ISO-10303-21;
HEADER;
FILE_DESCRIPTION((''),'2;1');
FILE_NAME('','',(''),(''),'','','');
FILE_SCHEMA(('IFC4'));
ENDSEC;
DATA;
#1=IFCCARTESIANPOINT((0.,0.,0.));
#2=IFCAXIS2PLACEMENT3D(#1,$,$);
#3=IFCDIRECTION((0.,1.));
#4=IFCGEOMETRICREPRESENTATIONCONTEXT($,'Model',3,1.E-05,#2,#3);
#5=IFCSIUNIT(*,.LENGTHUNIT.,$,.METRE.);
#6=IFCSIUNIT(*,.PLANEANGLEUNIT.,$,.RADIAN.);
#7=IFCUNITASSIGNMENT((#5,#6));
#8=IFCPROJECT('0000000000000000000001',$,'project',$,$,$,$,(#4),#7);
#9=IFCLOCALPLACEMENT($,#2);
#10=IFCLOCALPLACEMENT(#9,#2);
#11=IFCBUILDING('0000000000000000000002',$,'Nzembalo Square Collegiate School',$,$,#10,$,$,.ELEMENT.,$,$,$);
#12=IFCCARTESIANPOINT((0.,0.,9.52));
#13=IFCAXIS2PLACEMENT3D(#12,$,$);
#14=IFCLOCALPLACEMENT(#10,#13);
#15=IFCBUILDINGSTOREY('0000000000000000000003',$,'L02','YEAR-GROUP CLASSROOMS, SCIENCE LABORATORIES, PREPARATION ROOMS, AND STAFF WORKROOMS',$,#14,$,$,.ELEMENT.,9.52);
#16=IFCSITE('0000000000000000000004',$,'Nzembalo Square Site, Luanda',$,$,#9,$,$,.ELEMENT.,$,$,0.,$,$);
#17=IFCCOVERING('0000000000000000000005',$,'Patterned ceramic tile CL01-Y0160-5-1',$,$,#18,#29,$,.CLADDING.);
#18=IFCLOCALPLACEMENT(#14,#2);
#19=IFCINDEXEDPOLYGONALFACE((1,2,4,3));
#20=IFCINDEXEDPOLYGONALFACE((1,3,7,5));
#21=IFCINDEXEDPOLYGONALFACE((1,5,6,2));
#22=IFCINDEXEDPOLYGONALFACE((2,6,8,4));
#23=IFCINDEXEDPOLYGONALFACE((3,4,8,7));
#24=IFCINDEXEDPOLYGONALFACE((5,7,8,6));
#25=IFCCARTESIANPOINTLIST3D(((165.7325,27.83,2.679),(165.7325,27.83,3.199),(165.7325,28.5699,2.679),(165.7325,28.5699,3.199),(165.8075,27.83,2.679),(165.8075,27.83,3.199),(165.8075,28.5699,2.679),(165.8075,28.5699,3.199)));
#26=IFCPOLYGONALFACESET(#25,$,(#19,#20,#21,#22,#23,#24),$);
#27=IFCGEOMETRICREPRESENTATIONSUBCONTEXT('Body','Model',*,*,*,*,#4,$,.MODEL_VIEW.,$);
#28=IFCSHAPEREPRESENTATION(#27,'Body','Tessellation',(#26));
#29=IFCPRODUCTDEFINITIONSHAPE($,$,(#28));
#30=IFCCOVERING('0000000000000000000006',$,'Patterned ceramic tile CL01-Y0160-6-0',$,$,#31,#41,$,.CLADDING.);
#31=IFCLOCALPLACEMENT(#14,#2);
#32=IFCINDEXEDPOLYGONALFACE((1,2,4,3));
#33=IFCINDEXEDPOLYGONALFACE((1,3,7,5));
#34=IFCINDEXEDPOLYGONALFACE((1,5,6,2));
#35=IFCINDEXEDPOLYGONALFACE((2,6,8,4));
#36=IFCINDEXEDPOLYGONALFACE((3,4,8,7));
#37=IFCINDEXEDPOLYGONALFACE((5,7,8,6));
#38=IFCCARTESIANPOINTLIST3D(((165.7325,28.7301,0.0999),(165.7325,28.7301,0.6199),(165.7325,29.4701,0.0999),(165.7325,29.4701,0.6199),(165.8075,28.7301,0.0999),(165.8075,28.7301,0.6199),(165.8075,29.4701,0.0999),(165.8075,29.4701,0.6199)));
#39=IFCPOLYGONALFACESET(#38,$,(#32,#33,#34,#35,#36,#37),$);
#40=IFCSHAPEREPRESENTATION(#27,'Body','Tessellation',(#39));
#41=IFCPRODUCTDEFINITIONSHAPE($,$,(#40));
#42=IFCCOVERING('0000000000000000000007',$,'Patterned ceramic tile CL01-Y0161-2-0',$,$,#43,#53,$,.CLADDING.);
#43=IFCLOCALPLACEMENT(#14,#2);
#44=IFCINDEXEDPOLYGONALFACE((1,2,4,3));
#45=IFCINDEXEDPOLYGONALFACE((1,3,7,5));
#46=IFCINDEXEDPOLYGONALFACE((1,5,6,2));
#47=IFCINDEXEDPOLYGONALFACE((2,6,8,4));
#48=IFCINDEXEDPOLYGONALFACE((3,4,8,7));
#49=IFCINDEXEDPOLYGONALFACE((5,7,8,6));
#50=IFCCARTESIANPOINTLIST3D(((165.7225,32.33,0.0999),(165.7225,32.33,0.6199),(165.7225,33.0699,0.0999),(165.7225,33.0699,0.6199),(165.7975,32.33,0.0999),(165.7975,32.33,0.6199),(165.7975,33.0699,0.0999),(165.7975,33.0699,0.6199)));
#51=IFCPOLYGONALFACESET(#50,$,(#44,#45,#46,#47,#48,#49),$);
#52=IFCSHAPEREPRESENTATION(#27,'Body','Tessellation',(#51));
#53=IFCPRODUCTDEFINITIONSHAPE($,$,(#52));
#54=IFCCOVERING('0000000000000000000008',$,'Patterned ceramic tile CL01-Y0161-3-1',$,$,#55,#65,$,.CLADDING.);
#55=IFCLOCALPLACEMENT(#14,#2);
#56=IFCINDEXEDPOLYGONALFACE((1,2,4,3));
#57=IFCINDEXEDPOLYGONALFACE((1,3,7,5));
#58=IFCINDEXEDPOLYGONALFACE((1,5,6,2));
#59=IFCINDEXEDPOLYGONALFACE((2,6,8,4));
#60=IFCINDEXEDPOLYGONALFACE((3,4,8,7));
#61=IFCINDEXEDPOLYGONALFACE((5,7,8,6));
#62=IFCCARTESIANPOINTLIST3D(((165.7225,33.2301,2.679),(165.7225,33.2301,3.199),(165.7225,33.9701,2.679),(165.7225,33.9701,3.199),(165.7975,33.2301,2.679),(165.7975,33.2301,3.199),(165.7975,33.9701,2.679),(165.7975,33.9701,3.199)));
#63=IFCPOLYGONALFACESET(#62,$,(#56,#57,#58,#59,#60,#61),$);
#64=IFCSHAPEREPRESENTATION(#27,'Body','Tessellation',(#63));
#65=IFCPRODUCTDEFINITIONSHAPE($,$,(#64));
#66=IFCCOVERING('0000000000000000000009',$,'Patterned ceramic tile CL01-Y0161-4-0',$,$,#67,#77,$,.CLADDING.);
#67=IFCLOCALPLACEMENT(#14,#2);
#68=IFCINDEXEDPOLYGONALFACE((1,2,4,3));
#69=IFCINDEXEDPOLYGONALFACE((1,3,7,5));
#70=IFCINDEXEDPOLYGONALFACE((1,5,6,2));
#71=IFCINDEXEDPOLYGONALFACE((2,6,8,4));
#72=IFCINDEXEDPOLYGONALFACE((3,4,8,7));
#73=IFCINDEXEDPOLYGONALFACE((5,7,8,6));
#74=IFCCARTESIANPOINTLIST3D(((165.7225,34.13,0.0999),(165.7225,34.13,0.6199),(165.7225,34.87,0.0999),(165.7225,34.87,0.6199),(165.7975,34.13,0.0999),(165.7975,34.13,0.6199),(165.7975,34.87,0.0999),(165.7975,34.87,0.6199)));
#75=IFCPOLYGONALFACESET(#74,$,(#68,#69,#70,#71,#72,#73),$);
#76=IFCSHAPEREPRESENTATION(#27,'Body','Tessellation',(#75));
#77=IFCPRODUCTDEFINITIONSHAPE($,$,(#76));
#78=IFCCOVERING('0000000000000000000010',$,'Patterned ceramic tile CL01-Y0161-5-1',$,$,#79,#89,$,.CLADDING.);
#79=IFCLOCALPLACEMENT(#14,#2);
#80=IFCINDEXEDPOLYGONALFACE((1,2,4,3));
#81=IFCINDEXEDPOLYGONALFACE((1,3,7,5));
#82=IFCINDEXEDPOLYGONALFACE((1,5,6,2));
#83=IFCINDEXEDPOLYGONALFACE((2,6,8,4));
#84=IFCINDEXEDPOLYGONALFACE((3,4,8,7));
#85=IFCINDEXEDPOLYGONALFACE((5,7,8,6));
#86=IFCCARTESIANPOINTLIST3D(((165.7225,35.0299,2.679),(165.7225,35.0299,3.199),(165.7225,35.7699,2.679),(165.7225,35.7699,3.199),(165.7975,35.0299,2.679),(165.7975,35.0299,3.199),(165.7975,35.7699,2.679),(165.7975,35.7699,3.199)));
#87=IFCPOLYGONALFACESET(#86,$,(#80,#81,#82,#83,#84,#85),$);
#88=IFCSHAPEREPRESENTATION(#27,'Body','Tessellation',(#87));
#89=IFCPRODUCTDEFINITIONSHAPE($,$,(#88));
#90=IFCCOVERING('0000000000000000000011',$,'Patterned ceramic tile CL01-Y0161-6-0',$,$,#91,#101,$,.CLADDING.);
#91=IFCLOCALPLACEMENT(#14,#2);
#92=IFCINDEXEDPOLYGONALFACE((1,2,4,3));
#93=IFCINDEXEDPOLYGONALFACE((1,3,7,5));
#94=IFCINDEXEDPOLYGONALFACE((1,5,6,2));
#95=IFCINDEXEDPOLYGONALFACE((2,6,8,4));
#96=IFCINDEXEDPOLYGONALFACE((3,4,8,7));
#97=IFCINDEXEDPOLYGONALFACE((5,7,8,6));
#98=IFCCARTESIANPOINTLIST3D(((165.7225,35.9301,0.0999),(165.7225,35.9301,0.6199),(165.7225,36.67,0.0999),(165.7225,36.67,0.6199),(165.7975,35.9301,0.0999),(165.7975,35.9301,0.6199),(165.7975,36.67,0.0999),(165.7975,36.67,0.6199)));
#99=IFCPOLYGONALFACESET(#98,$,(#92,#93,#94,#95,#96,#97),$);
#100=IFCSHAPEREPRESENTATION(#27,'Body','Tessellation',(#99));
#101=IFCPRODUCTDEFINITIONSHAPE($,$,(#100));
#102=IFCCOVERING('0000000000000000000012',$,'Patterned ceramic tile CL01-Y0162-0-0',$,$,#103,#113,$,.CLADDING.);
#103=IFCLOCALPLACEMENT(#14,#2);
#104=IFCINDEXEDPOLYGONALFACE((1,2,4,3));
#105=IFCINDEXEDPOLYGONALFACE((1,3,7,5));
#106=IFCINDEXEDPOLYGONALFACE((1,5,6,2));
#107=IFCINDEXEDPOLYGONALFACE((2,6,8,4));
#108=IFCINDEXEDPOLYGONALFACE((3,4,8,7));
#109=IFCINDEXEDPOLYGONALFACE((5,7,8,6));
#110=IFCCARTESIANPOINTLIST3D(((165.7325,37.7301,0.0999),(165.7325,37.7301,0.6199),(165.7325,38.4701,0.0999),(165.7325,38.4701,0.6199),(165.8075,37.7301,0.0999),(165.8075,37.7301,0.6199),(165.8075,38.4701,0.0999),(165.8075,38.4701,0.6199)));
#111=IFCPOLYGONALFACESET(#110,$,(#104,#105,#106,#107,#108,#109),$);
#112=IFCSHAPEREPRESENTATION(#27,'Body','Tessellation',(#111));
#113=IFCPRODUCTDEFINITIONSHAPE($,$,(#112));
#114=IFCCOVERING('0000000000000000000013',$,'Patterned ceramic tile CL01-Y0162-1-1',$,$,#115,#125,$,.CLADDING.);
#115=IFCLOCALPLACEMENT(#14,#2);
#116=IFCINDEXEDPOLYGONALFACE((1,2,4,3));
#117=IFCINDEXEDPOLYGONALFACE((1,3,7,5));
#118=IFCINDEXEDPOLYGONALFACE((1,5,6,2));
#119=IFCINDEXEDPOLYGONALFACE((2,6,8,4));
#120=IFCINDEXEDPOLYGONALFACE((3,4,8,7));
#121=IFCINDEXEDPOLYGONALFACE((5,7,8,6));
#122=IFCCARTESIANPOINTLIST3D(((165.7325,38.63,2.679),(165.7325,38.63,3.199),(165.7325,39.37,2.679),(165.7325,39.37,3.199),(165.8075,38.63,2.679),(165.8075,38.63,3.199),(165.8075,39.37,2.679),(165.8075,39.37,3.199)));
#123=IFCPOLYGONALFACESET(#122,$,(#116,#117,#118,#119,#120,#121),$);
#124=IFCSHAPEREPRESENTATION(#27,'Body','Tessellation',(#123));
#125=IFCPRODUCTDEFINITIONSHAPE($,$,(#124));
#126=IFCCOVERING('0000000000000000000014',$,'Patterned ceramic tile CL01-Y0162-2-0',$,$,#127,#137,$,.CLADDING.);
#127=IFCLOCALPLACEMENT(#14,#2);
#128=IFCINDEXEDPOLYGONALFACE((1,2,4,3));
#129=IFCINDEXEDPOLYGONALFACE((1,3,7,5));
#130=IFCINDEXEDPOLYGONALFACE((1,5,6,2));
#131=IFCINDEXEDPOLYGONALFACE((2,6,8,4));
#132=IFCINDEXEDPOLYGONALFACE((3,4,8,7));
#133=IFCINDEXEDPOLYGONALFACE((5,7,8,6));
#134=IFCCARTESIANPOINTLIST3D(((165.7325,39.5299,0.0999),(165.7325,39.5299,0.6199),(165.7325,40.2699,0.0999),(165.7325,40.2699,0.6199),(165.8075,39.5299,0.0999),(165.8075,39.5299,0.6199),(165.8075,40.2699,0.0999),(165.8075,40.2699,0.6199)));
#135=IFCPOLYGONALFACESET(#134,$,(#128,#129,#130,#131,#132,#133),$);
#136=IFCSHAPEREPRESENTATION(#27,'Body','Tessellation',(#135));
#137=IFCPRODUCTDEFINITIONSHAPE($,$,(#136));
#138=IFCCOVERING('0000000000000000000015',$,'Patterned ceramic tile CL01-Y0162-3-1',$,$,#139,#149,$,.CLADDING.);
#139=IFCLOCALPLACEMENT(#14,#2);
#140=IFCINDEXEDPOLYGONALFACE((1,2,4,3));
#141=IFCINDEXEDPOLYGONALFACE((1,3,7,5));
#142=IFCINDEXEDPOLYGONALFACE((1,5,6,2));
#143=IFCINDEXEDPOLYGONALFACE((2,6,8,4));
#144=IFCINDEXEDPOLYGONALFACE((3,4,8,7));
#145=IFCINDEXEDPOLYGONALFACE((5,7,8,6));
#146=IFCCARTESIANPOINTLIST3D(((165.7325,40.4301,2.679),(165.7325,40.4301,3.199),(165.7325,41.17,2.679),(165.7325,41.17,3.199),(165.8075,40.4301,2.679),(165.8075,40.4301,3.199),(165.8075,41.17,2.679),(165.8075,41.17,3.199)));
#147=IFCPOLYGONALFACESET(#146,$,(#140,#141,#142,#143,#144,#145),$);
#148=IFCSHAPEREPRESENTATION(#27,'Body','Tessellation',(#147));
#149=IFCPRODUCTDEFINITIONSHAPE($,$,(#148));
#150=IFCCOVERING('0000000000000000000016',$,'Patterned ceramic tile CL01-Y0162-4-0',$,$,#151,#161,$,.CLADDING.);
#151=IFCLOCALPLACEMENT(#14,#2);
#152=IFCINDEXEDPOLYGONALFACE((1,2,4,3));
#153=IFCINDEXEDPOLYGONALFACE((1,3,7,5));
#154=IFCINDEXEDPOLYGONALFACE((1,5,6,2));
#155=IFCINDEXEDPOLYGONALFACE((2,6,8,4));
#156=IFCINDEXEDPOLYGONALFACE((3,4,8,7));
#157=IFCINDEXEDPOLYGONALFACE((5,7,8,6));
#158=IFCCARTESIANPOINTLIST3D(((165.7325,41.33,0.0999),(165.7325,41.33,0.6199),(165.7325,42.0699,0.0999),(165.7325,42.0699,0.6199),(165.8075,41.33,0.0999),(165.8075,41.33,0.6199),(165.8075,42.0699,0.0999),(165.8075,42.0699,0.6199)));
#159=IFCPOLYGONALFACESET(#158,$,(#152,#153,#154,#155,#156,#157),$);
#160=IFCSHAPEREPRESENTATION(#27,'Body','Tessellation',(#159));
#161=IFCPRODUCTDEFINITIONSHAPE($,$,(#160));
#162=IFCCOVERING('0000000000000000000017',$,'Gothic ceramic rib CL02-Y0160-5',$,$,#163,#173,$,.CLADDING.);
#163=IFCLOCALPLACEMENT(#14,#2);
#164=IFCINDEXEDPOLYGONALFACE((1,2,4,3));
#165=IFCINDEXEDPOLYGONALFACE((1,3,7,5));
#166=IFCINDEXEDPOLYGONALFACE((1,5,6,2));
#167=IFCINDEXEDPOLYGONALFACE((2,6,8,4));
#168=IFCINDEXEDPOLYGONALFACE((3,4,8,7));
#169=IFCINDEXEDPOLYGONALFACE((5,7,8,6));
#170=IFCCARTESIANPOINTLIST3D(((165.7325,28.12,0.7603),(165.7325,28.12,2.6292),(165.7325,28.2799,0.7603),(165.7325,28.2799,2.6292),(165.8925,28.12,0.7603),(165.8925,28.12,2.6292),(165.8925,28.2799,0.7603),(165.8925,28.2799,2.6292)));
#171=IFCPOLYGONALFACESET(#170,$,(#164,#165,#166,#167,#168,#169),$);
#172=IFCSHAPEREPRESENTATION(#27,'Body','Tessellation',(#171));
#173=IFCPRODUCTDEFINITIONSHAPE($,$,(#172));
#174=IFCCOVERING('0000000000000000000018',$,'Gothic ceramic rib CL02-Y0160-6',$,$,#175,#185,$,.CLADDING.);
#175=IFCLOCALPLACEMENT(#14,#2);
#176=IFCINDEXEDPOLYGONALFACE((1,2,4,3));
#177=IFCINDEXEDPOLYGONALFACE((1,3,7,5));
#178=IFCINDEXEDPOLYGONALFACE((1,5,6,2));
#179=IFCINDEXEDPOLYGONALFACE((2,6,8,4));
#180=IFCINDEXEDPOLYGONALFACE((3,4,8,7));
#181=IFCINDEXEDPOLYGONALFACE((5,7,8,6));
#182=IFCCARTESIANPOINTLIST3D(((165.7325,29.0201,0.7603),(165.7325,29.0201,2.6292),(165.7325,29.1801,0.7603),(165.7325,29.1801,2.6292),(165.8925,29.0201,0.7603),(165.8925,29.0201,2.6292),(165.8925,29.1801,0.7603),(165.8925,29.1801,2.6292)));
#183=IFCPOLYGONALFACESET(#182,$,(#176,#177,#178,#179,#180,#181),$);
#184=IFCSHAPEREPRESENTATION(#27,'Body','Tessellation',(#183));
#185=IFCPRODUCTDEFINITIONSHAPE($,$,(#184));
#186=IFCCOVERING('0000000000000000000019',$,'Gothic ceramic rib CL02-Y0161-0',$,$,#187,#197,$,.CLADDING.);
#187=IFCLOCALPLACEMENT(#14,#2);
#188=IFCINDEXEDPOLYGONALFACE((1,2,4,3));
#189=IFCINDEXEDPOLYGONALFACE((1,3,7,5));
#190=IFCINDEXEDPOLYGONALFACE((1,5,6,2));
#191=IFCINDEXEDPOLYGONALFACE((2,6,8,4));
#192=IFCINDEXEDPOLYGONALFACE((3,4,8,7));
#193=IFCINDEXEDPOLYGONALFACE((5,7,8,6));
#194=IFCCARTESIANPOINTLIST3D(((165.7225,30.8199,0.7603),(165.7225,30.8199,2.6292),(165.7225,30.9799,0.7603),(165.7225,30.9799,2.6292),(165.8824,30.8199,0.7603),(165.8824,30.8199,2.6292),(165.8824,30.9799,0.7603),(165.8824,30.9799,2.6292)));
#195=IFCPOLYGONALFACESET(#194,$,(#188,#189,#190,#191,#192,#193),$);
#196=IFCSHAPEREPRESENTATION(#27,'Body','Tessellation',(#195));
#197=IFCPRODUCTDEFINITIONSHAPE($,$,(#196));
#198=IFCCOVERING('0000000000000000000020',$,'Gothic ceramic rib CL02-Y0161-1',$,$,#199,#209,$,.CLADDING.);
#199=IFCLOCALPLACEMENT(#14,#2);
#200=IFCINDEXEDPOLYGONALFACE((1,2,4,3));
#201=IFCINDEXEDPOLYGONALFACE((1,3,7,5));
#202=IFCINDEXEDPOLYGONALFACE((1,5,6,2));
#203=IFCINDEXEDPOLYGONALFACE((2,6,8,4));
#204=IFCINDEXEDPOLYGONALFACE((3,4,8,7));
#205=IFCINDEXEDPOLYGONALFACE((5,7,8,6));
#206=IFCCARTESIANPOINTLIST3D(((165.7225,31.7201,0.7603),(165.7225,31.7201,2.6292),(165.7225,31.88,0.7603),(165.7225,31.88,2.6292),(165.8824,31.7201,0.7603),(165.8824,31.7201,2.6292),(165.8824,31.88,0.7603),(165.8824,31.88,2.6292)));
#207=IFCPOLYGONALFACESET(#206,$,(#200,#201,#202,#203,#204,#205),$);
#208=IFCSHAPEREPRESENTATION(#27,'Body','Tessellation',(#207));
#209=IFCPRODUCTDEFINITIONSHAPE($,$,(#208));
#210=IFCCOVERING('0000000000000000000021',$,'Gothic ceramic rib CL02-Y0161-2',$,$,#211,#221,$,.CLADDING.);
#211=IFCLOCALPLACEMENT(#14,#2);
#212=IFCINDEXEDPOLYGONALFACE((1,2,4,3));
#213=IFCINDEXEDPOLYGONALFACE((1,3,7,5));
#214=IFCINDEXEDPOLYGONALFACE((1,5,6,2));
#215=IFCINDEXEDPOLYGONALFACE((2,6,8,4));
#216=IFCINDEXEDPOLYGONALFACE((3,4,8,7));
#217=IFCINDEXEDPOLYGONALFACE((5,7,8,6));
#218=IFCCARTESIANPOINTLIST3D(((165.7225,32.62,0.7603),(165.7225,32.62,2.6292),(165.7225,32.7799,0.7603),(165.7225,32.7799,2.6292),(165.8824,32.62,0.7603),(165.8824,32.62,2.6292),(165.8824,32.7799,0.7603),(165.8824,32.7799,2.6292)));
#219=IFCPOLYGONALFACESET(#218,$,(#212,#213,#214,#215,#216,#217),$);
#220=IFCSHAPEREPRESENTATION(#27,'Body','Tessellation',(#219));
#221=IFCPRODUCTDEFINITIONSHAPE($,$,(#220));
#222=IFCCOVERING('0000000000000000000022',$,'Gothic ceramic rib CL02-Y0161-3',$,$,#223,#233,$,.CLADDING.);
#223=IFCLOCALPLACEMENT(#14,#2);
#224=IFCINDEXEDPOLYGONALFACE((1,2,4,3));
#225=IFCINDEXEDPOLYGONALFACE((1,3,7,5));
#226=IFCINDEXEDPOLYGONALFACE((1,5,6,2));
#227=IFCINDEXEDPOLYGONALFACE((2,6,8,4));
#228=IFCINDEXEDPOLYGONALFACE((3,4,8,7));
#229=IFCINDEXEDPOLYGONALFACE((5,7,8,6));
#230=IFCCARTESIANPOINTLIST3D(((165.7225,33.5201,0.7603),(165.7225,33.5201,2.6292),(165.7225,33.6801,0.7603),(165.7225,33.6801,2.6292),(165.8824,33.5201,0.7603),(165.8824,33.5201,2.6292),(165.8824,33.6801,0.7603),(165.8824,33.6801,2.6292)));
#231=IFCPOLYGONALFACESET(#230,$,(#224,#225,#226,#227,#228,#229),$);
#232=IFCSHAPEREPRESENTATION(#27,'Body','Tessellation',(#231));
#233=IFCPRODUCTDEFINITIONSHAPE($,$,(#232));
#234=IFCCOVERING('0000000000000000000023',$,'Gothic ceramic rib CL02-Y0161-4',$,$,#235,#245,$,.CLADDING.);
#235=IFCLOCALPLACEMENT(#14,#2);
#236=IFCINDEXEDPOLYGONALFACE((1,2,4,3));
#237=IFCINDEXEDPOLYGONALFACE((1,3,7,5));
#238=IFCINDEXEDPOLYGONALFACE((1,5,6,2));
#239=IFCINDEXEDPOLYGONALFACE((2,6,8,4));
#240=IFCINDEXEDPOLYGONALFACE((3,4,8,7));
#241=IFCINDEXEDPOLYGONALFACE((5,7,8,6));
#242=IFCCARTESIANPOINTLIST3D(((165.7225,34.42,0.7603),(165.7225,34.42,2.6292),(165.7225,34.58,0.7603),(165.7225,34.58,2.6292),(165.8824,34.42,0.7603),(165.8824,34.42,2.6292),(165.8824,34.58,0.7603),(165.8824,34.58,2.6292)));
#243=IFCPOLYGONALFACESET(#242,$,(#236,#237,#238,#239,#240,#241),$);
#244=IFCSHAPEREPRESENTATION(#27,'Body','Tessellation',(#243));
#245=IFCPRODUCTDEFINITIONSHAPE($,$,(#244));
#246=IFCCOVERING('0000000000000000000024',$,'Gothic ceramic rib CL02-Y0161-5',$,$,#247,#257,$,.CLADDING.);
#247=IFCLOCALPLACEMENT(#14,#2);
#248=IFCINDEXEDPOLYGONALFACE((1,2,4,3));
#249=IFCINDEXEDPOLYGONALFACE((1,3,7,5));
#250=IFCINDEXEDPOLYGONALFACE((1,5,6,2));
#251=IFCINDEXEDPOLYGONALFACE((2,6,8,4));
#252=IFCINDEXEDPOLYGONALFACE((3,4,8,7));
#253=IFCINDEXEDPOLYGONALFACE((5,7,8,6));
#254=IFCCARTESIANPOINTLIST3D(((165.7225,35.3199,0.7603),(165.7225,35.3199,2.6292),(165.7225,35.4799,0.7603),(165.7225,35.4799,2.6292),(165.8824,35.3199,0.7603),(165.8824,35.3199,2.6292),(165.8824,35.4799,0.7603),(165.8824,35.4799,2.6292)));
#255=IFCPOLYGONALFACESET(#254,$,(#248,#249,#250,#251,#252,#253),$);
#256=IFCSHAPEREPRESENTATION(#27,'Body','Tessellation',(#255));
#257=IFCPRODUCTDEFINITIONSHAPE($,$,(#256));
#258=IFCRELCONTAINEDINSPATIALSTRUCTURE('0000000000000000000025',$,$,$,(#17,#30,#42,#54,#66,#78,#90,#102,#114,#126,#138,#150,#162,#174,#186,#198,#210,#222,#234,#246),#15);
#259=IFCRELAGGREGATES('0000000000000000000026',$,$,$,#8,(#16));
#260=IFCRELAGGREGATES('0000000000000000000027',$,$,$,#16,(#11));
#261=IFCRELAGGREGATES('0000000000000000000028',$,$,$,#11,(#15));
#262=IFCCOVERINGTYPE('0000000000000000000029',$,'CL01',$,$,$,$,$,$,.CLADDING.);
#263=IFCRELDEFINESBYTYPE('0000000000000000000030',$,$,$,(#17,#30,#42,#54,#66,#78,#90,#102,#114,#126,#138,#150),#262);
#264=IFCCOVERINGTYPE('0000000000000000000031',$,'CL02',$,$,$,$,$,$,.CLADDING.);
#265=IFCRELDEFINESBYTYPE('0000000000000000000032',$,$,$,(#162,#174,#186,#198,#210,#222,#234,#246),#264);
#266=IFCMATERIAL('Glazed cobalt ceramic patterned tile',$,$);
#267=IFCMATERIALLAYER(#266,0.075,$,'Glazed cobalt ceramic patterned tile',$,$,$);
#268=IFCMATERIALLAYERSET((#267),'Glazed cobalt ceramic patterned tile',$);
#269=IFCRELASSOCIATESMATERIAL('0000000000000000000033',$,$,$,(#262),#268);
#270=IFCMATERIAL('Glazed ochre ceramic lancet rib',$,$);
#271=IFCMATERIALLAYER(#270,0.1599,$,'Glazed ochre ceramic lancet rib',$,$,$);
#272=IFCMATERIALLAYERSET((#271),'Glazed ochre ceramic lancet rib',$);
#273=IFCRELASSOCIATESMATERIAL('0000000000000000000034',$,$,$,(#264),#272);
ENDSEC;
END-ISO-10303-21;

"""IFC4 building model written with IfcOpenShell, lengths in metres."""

from ifc_helpers import new_model, si_unit, direction, frame, origin, origin_2d, place, context, subcontext, project, spatial, rectangle, extrude, material, layer, layer_set, type_object, element, save


model = new_model("IFC4")

# Units and contexts
model_context = context("Model", 3, precision=1e-05, world=origin(), true_north=direction((0.0, 1.0)))
body_context = subcontext(model_context, "Body", "Model", "MODEL_VIEW")
ifc_project = project(units=[si_unit("LENGTHUNIT", "METRE"), si_unit("PLANEANGLEUNIT", "RADIAN")], contexts=[model_context])

# Site, building, storey
site_placement = place(None, origin())
site = spatial("IfcSite", under=ifc_project, at=site_placement, Name="Nzembalo Square Site, Luanda", CompositionType="ELEMENT", RefElevation=0.0)
building_placement = place(site_placement, origin())
building = spatial("IfcBuilding", under=site, at=building_placement, Name="Nzembalo Square Collegiate School", CompositionType="ELEMENT")
storey_placement = place(building_placement, frame((0.0, 0.0, 9.52)))
storey = spatial("IfcBuildingStorey", under=building, at=storey_placement, Name="L02", Description="YEAR-GROUP CLASSROOMS, SCIENCE LABORATORIES, PREPARATION ROOMS, AND STAFF WORKROOMS", CompositionType="ELEMENT", Elevation=9.52)

# Coverings
ifc_material_1 = material(Name="Glazed cobalt ceramic patterned tile")
ifc_layer_1 = layer(ifc_material_1, 0.075, Name="Glazed cobalt ceramic patterned tile")
ifc_layer_set_1 = layer_set([ifc_layer_1], Name="Glazed cobalt ceramic patterned tile")
covering_type_1 = type_object("IfcCoveringType", Name="CL01", PredefinedType="CLADDING", material=ifc_layer_set_1)
for number, where, z_axis, x_axis, name in (
    (1, (165.77, 28.2, 2.679), (0.0, 0.0, 1.0), (1.0, 0.0, 0.0), "Patterned ceramic tile CL01-Y0160-5-1"),
    (2, (165.77, 29.1001, 0.0999), (0.0, 0.0, 1.0), (1.0, 0.0, 0.0), "Patterned ceramic tile CL01-Y0160-6-0"),
    (3, (165.76, 32.7, 0.0999), (0.0, 0.0, 1.0), (1.0, 0.0, 0.0), "Patterned ceramic tile CL01-Y0161-2-0"),
    (4, (165.76, 33.6001, 2.679), (0.0, 0.0, 1.0), (1.0, 0.0, 0.0), "Patterned ceramic tile CL01-Y0161-3-1"),
    (5, (165.76, 34.5, 0.0999), (0.0, 0.0, 1.0), (1.0, 0.0, 0.0), "Patterned ceramic tile CL01-Y0161-4-0"),
    (6, (165.76, 35.3999, 2.679), (0.0, 0.0, 1.0), (1.0, 0.0, 0.0), "Patterned ceramic tile CL01-Y0161-5-1"),
    (7, (165.76, 36.3, 0.0999), (0.0, 0.0, 1.0), (1.0, 0.0, 0.0), "Patterned ceramic tile CL01-Y0161-6-0"),
    (8, (165.77, 38.1001, 0.0999), (0.0, 0.0, 1.0), (1.0, 0.0, 0.0), "Patterned ceramic tile CL01-Y0162-0-0"),
    (9, (165.77, 39.0, 2.679), (0.0, 0.0, 1.0), (1.0, 0.0, 0.0), "Patterned ceramic tile CL01-Y0162-1-1"),
    (10, (165.77, 39.8999, 0.0999), (0.0, 0.0, 1.0), (1.0, 0.0, 0.0), "Patterned ceramic tile CL01-Y0162-2-0"),
    (11, (165.77, 40.8, 2.679), (0.0, 0.0, 1.0), (1.0, 0.0, 0.0), "Patterned ceramic tile CL01-Y0162-3-1"),
    (12, (165.77, 41.7, 0.0999), (0.0, 0.0, 1.0), (1.0, 0.0, 0.0), "Patterned ceramic tile CL01-Y0162-4-0"),
):
    element("IfcCovering", number, at=place(storey_placement, frame(where, z_axis=z_axis, x_axis=x_axis)), inside=storey, type_object=covering_type_1, Name=name, PredefinedType="CLADDING", context=body_context, shape_type="SweptSolid", body=[
        extrude(rectangle(XDim=0.075, YDim=0.74, at=origin_2d()), origin(), (0.0, 0.0, 1.0), 0.52),
    ])
ifc_material_2 = material(Name="Glazed ochre ceramic lancet rib")
ifc_layer_2 = layer(ifc_material_2, 0.1599, Name="Glazed ochre ceramic lancet rib")
ifc_layer_set_2 = layer_set([ifc_layer_2], Name="Glazed ochre ceramic lancet rib")
covering_type_2 = type_object("IfcCoveringType", Name="CL02", PredefinedType="CLADDING", material=ifc_layer_set_2)
for number, where, z_axis, x_axis, name in (
    (13, (165.8125, 28.2, 0.7603), (0.0, 0.0, 1.0), (1.0, 0.0, 0.0), "Gothic ceramic rib CL02-Y0160-5"),
    (14, (165.8125, 29.1001, 0.7603), (0.0, 0.0, 1.0), (1.0, 0.0, 0.0), "Gothic ceramic rib CL02-Y0160-6"),
    (15, (165.8025, 30.8999, 0.7603), (0.0, 0.0, 1.0), (1.0, 0.0, 0.0), "Gothic ceramic rib CL02-Y0161-0"),
    (16, (165.8025, 31.8, 0.7603), (0.0, 0.0, 1.0), (1.0, 0.0, 0.0), "Gothic ceramic rib CL02-Y0161-1"),
    (17, (165.8025, 32.7, 0.7603), (0.0, 0.0, 1.0), (1.0, 0.0, 0.0), "Gothic ceramic rib CL02-Y0161-2"),
    (18, (165.8025, 33.6001, 0.7603), (0.0, 0.0, 1.0), (1.0, 0.0, 0.0), "Gothic ceramic rib CL02-Y0161-3"),
    (19, (165.8025, 34.5, 0.7603), (0.0, 0.0, 1.0), (1.0, 0.0, 0.0), "Gothic ceramic rib CL02-Y0161-4"),
    (20, (165.8025, 35.3999, 0.7603), (0.0, 0.0, 1.0), (1.0, 0.0, 0.0), "Gothic ceramic rib CL02-Y0161-5"),
):
    element("IfcCovering", number, at=place(storey_placement, frame(where, z_axis=z_axis, x_axis=x_axis)), inside=storey, type_object=covering_type_2, Name=name, PredefinedType="CLADDING", context=body_context, shape_type="SweptSolid", body=[
        extrude(rectangle(XDim=0.1599, YDim=0.1599, at=origin_2d()), origin(), (0.0, 0.0, 1.0), 1.8689),
    ])

save(model, "model.ifc")
